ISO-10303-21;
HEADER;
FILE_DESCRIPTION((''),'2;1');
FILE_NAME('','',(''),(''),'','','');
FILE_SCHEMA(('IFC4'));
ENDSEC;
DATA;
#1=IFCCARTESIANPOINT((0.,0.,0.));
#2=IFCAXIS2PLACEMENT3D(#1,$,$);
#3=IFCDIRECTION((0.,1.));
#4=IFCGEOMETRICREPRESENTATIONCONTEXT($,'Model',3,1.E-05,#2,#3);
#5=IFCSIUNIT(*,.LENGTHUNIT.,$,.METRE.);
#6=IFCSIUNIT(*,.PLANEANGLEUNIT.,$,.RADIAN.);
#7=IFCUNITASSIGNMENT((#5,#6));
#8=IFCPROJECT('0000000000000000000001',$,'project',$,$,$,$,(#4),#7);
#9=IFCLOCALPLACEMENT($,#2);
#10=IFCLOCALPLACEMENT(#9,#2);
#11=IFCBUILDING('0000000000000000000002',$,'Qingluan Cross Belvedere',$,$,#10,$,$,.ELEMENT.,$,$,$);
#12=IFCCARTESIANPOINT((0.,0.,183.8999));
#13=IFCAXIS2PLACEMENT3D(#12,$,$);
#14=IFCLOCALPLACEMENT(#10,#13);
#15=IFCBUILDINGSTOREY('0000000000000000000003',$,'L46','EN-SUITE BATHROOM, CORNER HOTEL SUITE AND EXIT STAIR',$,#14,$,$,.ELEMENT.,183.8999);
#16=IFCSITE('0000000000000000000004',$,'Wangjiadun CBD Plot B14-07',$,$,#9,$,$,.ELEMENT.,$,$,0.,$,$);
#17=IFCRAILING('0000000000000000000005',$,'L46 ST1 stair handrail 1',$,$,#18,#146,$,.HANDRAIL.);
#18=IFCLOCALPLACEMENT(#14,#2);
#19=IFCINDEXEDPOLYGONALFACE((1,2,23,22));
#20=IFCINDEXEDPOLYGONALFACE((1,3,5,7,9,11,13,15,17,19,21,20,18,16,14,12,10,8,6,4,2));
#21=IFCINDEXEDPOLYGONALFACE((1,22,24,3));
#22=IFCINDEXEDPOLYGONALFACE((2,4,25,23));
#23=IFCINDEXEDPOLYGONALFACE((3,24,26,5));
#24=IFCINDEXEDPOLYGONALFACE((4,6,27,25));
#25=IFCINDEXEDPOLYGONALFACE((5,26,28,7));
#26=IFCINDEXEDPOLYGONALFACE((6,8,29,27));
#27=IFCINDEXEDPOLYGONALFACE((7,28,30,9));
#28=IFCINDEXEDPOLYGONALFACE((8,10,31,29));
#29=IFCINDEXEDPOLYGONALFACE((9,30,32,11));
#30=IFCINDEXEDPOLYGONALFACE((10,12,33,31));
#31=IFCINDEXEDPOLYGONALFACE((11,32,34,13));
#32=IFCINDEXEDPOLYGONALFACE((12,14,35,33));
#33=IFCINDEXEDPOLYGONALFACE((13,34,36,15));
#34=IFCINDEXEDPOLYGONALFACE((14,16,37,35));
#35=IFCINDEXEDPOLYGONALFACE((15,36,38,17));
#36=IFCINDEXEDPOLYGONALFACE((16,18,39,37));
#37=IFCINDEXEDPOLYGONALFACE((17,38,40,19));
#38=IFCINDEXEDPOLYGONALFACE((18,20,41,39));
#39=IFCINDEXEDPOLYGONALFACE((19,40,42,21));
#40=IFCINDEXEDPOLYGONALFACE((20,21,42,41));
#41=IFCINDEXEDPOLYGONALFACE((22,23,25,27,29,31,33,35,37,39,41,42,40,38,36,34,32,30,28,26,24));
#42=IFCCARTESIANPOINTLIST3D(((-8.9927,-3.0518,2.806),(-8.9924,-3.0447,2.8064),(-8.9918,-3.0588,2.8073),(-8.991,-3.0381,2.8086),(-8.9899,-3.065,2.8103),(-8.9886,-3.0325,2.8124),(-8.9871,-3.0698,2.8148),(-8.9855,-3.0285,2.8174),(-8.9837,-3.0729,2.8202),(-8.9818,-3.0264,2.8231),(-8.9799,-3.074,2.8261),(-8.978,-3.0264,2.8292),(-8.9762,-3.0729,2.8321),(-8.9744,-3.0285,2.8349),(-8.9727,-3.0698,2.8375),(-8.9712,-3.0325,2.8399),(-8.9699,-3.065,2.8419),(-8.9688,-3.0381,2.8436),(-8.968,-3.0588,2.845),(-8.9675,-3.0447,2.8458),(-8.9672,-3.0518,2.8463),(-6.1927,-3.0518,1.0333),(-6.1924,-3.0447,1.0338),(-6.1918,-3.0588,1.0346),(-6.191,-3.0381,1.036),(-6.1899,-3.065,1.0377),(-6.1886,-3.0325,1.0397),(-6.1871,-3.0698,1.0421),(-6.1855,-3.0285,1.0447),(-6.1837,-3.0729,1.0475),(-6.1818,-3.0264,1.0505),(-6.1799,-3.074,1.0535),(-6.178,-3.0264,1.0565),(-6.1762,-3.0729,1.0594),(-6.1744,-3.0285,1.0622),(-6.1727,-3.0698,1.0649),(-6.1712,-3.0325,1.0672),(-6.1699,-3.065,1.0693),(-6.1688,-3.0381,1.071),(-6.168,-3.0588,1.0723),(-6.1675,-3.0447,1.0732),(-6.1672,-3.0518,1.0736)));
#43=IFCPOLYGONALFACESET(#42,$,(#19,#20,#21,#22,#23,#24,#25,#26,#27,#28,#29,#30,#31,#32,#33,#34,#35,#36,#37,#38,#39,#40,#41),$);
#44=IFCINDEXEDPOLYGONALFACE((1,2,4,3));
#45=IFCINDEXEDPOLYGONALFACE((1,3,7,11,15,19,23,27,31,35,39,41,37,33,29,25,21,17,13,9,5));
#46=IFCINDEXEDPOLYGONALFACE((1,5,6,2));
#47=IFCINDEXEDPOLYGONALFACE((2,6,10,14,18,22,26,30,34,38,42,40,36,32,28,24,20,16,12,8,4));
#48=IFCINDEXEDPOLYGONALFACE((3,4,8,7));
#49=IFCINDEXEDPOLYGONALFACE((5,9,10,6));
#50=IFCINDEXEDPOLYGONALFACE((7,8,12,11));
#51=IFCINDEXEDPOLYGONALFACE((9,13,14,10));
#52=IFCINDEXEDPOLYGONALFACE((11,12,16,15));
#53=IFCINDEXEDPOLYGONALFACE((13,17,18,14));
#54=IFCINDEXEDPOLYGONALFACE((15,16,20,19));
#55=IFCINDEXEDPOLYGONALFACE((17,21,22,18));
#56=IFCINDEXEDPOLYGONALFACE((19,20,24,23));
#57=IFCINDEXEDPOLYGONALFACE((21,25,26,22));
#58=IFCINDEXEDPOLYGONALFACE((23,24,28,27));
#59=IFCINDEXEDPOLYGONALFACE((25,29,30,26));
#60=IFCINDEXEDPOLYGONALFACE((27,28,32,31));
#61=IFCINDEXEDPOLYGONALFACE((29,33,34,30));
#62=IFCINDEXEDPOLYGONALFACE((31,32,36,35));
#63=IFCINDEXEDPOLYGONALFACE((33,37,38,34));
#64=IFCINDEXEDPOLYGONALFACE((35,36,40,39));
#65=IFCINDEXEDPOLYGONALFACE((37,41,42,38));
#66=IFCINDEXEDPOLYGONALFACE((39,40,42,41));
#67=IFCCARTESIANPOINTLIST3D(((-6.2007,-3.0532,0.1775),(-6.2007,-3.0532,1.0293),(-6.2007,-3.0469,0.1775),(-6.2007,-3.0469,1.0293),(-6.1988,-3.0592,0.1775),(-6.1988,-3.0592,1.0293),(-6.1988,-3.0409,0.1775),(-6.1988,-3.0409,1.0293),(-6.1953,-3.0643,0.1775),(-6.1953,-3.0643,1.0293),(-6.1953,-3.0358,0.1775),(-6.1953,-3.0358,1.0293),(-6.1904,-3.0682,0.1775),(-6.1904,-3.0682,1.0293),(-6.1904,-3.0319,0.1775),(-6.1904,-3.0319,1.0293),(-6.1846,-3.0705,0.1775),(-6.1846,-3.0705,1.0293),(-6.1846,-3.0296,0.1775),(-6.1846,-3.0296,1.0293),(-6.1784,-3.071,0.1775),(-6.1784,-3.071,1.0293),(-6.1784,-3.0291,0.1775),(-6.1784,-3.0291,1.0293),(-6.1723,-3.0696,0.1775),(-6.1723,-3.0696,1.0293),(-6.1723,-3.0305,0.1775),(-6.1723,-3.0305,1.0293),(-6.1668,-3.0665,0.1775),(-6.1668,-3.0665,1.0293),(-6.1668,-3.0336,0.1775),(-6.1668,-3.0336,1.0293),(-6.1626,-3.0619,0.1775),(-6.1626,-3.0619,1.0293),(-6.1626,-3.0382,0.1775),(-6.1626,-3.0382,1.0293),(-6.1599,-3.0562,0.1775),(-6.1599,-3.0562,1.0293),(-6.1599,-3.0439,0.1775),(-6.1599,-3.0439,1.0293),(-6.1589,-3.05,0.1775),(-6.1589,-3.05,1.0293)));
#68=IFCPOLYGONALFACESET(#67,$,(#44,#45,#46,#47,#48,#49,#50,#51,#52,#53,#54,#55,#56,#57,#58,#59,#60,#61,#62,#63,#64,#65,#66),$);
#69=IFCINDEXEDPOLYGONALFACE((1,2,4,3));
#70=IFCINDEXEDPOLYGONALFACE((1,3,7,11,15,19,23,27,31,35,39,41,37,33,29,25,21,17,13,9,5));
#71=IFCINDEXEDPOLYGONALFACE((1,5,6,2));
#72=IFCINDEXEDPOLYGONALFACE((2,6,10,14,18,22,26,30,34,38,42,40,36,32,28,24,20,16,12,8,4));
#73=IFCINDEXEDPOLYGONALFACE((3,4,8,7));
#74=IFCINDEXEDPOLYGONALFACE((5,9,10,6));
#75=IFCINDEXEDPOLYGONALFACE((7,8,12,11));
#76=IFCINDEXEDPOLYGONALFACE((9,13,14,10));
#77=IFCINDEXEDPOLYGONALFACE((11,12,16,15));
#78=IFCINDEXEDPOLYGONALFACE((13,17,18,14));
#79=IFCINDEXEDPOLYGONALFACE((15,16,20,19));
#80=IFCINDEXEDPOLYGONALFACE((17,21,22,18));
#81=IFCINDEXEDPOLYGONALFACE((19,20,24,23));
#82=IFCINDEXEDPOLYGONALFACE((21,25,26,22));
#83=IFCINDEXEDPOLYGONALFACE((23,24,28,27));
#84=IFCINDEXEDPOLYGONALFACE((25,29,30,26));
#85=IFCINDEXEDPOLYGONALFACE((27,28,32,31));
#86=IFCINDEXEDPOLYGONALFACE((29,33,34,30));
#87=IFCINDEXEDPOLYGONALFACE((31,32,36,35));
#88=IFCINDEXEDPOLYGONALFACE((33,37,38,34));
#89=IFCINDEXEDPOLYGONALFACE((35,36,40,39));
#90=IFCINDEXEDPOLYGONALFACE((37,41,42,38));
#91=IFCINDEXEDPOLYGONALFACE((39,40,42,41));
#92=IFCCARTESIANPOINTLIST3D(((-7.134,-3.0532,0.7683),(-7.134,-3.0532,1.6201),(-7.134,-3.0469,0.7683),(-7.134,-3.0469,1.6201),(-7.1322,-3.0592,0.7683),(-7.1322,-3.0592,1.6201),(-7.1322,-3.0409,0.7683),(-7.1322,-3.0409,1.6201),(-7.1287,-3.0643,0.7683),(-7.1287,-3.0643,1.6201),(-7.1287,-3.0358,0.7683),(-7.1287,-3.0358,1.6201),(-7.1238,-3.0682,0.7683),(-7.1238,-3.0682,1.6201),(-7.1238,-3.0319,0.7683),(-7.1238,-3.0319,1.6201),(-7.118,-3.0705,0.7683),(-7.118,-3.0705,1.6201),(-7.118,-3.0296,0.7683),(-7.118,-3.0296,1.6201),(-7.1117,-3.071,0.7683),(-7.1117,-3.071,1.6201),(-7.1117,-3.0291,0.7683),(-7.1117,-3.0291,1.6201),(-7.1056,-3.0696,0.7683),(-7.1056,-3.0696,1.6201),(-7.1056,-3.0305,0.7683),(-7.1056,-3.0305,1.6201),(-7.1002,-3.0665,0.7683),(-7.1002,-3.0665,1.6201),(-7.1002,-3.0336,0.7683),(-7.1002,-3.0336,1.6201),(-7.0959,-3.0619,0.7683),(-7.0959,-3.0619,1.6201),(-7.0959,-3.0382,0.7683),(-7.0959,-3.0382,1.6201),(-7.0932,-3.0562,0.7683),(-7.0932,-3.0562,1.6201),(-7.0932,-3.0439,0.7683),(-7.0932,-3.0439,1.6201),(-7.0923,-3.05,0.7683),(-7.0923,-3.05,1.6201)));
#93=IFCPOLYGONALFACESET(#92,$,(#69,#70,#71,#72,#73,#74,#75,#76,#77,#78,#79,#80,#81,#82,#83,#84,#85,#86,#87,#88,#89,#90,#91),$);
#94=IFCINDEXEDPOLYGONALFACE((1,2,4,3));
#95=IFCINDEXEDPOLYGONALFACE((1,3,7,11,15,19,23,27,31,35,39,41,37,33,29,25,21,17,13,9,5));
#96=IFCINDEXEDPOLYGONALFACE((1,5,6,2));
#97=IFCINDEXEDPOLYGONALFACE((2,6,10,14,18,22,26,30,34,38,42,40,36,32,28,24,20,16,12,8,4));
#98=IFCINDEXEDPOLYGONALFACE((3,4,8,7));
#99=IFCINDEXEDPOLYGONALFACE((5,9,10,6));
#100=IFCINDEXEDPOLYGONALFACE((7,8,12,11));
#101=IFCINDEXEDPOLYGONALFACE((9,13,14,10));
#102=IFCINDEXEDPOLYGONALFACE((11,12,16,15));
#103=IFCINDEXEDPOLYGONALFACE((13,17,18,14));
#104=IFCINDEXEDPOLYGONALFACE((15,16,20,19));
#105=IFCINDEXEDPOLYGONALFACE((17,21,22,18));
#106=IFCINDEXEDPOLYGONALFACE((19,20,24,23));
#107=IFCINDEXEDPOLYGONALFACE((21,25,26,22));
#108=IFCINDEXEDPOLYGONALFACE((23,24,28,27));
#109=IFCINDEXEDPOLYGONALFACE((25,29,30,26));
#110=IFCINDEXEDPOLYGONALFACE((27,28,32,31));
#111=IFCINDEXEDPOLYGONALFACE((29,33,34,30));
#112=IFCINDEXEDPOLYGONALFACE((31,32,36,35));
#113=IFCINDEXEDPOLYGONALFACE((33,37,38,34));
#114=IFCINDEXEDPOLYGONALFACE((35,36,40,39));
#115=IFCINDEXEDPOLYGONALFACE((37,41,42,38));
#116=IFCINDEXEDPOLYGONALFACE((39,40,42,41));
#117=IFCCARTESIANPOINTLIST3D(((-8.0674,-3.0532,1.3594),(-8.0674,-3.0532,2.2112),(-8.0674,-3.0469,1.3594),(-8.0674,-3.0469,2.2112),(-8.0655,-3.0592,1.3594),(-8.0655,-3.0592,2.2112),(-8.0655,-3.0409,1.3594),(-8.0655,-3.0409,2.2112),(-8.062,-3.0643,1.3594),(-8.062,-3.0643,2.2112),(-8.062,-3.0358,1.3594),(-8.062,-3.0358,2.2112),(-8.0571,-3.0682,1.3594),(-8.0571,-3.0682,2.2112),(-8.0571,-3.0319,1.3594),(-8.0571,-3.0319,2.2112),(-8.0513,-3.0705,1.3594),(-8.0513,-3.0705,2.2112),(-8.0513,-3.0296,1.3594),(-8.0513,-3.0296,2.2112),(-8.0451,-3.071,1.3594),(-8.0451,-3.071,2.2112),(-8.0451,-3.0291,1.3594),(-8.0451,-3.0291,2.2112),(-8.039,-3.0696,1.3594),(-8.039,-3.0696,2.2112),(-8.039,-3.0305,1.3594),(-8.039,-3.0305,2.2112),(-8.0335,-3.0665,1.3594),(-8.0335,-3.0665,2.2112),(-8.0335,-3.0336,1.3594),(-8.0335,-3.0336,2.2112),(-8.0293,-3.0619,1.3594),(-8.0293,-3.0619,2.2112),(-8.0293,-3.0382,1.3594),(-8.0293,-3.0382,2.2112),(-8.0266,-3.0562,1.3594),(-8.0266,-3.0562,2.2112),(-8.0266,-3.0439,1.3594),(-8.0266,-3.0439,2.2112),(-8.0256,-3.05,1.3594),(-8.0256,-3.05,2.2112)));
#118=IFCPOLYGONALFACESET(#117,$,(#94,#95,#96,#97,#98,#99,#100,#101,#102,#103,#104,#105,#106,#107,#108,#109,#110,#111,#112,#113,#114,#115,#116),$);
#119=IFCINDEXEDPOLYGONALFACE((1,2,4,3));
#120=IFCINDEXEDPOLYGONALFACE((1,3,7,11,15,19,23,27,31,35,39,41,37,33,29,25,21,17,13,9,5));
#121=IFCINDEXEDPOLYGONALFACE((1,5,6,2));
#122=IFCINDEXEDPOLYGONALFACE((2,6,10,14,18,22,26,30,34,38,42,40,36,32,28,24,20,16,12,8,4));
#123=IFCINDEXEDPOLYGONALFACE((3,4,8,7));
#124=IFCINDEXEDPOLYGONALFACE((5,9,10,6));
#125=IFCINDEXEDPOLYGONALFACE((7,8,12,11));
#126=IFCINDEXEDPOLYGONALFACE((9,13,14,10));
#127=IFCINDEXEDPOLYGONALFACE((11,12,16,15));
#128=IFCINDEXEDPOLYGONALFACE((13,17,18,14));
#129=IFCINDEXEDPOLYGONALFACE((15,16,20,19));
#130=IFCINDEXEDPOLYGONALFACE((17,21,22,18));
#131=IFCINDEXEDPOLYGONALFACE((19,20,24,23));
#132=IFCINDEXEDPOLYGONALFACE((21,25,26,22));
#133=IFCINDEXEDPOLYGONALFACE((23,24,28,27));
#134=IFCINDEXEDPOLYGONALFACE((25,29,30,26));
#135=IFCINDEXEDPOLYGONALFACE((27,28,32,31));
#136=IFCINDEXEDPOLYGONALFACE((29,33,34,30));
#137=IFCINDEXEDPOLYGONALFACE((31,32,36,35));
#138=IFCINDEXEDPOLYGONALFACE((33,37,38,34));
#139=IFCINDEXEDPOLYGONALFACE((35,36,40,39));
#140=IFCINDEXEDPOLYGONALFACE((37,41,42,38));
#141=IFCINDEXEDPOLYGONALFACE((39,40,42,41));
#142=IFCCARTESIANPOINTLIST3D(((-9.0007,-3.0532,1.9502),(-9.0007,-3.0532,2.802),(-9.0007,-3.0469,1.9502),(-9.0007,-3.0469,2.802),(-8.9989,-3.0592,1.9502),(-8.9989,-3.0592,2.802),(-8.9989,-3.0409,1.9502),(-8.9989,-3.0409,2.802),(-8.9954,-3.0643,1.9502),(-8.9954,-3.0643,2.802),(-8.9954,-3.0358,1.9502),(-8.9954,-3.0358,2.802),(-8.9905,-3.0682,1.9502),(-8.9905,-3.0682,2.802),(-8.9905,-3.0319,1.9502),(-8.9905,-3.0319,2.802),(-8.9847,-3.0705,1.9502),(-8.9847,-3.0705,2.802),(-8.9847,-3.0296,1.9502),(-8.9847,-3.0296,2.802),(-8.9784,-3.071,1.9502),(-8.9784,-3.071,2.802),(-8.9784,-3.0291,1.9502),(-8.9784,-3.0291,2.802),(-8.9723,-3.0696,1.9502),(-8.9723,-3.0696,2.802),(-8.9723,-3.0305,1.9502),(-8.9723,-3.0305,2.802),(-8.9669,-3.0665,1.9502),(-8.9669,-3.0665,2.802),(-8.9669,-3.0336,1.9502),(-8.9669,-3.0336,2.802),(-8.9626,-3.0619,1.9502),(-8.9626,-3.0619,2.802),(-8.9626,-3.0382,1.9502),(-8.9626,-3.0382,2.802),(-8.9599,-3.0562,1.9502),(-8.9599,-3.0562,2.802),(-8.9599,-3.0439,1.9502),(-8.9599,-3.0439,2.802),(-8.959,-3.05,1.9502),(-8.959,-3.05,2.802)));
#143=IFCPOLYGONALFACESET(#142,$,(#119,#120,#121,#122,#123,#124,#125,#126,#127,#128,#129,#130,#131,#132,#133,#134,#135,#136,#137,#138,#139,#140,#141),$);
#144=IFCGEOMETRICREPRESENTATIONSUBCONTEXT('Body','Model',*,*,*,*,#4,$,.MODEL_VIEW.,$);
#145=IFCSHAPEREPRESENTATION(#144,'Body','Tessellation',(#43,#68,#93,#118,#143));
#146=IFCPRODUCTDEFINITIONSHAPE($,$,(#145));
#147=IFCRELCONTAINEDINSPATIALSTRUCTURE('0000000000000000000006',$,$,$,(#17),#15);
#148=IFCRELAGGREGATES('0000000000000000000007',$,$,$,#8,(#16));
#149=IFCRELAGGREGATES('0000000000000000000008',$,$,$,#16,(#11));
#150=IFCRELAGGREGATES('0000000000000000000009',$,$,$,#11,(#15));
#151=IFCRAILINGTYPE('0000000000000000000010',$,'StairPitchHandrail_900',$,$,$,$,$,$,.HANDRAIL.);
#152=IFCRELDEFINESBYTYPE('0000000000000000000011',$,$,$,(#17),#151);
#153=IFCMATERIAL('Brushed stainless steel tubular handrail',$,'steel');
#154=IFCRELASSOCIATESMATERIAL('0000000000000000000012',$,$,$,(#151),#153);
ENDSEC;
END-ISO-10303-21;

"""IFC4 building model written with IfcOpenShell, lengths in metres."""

from ifc_helpers import new_model, si_unit, direction, frame, origin, origin_2d, place, context, subcontext, project, spatial, circle, extrude, material, type_object, element, save


model = new_model("IFC4")

# Units and contexts
model_context = context("Model", 3, precision=1e-05, world=origin(), true_north=direction((0.0, 1.0)))
body_context = subcontext(model_context, "Body", "Model", "MODEL_VIEW")
ifc_project = project(units=[si_unit("LENGTHUNIT", "METRE"), si_unit("PLANEANGLEUNIT", "RADIAN")], contexts=[model_context])

# Site, building, storey
site_placement = place(None, origin())
site = spatial("IfcSite", under=ifc_project, at=site_placement, Name="Wangjiadun CBD Plot B14-07", CompositionType="ELEMENT", RefElevation=0.0)
building_placement = place(site_placement, origin())
building = spatial("IfcBuilding", under=site, at=building_placement, Name="Qingluan Cross Belvedere", CompositionType="ELEMENT")
storey_placement = place(building_placement, frame((0.0, 0.0, 183.8999)))
storey = spatial("IfcBuildingStorey", under=building, at=storey_placement, Name="L46", Description="EN-SUITE BATHROOM, CORNER HOTEL SUITE AND EXIT STAIR", CompositionType="ELEMENT", Elevation=183.8999)

# Railing
ifc_material_1 = material(Name="Brushed stainless steel tubular handrail", Category="steel")
railing_type_1 = type_object("IfcRailingType", Name="StairPitchHandrail_900", PredefinedType="HANDRAIL", material=ifc_material_1)
railing_1_placement = place(storey_placement, frame((-6.1799, -3.05, 0.1775)))
element("IfcRailing", 1, at=railing_1_placement, inside=storey, type_object=railing_type_1, Name="L46 ST1 stair handrail 1", PredefinedType="HANDRAIL", context=body_context, shape_type="SweptSolid", body=[
    extrude(circle(Radius=0.0239, at=origin_2d()), frame((0.0, 0.0, 0.876), z_axis=(-0.844909, 0.0, 0.53491), x_axis=(0.0, -1.0, 0.0)), (0.0, 0.0, 1.0), 3.314),
    extrude(circle(Radius=0.021, at=origin_2d()), origin(), (0.0, 0.0, 1.0), 0.8518),
    extrude(circle(Radius=0.021, at=origin_2d()), frame((-0.9333, 0.0, 0.5908)), (0.0, 0.0, 1.0), 0.8518),
    extrude(circle(Radius=0.021, at=origin_2d()), frame((-1.8667, 0.0, 1.1819)), (0.0, 0.0, 1.0), 0.8518),
    extrude(circle(Radius=0.021, at=origin_2d()), frame((-2.8, 0.0, 1.7727)), (0.0, 0.0, 1.0), 0.8518),
])

save(model, "model.ifc")
